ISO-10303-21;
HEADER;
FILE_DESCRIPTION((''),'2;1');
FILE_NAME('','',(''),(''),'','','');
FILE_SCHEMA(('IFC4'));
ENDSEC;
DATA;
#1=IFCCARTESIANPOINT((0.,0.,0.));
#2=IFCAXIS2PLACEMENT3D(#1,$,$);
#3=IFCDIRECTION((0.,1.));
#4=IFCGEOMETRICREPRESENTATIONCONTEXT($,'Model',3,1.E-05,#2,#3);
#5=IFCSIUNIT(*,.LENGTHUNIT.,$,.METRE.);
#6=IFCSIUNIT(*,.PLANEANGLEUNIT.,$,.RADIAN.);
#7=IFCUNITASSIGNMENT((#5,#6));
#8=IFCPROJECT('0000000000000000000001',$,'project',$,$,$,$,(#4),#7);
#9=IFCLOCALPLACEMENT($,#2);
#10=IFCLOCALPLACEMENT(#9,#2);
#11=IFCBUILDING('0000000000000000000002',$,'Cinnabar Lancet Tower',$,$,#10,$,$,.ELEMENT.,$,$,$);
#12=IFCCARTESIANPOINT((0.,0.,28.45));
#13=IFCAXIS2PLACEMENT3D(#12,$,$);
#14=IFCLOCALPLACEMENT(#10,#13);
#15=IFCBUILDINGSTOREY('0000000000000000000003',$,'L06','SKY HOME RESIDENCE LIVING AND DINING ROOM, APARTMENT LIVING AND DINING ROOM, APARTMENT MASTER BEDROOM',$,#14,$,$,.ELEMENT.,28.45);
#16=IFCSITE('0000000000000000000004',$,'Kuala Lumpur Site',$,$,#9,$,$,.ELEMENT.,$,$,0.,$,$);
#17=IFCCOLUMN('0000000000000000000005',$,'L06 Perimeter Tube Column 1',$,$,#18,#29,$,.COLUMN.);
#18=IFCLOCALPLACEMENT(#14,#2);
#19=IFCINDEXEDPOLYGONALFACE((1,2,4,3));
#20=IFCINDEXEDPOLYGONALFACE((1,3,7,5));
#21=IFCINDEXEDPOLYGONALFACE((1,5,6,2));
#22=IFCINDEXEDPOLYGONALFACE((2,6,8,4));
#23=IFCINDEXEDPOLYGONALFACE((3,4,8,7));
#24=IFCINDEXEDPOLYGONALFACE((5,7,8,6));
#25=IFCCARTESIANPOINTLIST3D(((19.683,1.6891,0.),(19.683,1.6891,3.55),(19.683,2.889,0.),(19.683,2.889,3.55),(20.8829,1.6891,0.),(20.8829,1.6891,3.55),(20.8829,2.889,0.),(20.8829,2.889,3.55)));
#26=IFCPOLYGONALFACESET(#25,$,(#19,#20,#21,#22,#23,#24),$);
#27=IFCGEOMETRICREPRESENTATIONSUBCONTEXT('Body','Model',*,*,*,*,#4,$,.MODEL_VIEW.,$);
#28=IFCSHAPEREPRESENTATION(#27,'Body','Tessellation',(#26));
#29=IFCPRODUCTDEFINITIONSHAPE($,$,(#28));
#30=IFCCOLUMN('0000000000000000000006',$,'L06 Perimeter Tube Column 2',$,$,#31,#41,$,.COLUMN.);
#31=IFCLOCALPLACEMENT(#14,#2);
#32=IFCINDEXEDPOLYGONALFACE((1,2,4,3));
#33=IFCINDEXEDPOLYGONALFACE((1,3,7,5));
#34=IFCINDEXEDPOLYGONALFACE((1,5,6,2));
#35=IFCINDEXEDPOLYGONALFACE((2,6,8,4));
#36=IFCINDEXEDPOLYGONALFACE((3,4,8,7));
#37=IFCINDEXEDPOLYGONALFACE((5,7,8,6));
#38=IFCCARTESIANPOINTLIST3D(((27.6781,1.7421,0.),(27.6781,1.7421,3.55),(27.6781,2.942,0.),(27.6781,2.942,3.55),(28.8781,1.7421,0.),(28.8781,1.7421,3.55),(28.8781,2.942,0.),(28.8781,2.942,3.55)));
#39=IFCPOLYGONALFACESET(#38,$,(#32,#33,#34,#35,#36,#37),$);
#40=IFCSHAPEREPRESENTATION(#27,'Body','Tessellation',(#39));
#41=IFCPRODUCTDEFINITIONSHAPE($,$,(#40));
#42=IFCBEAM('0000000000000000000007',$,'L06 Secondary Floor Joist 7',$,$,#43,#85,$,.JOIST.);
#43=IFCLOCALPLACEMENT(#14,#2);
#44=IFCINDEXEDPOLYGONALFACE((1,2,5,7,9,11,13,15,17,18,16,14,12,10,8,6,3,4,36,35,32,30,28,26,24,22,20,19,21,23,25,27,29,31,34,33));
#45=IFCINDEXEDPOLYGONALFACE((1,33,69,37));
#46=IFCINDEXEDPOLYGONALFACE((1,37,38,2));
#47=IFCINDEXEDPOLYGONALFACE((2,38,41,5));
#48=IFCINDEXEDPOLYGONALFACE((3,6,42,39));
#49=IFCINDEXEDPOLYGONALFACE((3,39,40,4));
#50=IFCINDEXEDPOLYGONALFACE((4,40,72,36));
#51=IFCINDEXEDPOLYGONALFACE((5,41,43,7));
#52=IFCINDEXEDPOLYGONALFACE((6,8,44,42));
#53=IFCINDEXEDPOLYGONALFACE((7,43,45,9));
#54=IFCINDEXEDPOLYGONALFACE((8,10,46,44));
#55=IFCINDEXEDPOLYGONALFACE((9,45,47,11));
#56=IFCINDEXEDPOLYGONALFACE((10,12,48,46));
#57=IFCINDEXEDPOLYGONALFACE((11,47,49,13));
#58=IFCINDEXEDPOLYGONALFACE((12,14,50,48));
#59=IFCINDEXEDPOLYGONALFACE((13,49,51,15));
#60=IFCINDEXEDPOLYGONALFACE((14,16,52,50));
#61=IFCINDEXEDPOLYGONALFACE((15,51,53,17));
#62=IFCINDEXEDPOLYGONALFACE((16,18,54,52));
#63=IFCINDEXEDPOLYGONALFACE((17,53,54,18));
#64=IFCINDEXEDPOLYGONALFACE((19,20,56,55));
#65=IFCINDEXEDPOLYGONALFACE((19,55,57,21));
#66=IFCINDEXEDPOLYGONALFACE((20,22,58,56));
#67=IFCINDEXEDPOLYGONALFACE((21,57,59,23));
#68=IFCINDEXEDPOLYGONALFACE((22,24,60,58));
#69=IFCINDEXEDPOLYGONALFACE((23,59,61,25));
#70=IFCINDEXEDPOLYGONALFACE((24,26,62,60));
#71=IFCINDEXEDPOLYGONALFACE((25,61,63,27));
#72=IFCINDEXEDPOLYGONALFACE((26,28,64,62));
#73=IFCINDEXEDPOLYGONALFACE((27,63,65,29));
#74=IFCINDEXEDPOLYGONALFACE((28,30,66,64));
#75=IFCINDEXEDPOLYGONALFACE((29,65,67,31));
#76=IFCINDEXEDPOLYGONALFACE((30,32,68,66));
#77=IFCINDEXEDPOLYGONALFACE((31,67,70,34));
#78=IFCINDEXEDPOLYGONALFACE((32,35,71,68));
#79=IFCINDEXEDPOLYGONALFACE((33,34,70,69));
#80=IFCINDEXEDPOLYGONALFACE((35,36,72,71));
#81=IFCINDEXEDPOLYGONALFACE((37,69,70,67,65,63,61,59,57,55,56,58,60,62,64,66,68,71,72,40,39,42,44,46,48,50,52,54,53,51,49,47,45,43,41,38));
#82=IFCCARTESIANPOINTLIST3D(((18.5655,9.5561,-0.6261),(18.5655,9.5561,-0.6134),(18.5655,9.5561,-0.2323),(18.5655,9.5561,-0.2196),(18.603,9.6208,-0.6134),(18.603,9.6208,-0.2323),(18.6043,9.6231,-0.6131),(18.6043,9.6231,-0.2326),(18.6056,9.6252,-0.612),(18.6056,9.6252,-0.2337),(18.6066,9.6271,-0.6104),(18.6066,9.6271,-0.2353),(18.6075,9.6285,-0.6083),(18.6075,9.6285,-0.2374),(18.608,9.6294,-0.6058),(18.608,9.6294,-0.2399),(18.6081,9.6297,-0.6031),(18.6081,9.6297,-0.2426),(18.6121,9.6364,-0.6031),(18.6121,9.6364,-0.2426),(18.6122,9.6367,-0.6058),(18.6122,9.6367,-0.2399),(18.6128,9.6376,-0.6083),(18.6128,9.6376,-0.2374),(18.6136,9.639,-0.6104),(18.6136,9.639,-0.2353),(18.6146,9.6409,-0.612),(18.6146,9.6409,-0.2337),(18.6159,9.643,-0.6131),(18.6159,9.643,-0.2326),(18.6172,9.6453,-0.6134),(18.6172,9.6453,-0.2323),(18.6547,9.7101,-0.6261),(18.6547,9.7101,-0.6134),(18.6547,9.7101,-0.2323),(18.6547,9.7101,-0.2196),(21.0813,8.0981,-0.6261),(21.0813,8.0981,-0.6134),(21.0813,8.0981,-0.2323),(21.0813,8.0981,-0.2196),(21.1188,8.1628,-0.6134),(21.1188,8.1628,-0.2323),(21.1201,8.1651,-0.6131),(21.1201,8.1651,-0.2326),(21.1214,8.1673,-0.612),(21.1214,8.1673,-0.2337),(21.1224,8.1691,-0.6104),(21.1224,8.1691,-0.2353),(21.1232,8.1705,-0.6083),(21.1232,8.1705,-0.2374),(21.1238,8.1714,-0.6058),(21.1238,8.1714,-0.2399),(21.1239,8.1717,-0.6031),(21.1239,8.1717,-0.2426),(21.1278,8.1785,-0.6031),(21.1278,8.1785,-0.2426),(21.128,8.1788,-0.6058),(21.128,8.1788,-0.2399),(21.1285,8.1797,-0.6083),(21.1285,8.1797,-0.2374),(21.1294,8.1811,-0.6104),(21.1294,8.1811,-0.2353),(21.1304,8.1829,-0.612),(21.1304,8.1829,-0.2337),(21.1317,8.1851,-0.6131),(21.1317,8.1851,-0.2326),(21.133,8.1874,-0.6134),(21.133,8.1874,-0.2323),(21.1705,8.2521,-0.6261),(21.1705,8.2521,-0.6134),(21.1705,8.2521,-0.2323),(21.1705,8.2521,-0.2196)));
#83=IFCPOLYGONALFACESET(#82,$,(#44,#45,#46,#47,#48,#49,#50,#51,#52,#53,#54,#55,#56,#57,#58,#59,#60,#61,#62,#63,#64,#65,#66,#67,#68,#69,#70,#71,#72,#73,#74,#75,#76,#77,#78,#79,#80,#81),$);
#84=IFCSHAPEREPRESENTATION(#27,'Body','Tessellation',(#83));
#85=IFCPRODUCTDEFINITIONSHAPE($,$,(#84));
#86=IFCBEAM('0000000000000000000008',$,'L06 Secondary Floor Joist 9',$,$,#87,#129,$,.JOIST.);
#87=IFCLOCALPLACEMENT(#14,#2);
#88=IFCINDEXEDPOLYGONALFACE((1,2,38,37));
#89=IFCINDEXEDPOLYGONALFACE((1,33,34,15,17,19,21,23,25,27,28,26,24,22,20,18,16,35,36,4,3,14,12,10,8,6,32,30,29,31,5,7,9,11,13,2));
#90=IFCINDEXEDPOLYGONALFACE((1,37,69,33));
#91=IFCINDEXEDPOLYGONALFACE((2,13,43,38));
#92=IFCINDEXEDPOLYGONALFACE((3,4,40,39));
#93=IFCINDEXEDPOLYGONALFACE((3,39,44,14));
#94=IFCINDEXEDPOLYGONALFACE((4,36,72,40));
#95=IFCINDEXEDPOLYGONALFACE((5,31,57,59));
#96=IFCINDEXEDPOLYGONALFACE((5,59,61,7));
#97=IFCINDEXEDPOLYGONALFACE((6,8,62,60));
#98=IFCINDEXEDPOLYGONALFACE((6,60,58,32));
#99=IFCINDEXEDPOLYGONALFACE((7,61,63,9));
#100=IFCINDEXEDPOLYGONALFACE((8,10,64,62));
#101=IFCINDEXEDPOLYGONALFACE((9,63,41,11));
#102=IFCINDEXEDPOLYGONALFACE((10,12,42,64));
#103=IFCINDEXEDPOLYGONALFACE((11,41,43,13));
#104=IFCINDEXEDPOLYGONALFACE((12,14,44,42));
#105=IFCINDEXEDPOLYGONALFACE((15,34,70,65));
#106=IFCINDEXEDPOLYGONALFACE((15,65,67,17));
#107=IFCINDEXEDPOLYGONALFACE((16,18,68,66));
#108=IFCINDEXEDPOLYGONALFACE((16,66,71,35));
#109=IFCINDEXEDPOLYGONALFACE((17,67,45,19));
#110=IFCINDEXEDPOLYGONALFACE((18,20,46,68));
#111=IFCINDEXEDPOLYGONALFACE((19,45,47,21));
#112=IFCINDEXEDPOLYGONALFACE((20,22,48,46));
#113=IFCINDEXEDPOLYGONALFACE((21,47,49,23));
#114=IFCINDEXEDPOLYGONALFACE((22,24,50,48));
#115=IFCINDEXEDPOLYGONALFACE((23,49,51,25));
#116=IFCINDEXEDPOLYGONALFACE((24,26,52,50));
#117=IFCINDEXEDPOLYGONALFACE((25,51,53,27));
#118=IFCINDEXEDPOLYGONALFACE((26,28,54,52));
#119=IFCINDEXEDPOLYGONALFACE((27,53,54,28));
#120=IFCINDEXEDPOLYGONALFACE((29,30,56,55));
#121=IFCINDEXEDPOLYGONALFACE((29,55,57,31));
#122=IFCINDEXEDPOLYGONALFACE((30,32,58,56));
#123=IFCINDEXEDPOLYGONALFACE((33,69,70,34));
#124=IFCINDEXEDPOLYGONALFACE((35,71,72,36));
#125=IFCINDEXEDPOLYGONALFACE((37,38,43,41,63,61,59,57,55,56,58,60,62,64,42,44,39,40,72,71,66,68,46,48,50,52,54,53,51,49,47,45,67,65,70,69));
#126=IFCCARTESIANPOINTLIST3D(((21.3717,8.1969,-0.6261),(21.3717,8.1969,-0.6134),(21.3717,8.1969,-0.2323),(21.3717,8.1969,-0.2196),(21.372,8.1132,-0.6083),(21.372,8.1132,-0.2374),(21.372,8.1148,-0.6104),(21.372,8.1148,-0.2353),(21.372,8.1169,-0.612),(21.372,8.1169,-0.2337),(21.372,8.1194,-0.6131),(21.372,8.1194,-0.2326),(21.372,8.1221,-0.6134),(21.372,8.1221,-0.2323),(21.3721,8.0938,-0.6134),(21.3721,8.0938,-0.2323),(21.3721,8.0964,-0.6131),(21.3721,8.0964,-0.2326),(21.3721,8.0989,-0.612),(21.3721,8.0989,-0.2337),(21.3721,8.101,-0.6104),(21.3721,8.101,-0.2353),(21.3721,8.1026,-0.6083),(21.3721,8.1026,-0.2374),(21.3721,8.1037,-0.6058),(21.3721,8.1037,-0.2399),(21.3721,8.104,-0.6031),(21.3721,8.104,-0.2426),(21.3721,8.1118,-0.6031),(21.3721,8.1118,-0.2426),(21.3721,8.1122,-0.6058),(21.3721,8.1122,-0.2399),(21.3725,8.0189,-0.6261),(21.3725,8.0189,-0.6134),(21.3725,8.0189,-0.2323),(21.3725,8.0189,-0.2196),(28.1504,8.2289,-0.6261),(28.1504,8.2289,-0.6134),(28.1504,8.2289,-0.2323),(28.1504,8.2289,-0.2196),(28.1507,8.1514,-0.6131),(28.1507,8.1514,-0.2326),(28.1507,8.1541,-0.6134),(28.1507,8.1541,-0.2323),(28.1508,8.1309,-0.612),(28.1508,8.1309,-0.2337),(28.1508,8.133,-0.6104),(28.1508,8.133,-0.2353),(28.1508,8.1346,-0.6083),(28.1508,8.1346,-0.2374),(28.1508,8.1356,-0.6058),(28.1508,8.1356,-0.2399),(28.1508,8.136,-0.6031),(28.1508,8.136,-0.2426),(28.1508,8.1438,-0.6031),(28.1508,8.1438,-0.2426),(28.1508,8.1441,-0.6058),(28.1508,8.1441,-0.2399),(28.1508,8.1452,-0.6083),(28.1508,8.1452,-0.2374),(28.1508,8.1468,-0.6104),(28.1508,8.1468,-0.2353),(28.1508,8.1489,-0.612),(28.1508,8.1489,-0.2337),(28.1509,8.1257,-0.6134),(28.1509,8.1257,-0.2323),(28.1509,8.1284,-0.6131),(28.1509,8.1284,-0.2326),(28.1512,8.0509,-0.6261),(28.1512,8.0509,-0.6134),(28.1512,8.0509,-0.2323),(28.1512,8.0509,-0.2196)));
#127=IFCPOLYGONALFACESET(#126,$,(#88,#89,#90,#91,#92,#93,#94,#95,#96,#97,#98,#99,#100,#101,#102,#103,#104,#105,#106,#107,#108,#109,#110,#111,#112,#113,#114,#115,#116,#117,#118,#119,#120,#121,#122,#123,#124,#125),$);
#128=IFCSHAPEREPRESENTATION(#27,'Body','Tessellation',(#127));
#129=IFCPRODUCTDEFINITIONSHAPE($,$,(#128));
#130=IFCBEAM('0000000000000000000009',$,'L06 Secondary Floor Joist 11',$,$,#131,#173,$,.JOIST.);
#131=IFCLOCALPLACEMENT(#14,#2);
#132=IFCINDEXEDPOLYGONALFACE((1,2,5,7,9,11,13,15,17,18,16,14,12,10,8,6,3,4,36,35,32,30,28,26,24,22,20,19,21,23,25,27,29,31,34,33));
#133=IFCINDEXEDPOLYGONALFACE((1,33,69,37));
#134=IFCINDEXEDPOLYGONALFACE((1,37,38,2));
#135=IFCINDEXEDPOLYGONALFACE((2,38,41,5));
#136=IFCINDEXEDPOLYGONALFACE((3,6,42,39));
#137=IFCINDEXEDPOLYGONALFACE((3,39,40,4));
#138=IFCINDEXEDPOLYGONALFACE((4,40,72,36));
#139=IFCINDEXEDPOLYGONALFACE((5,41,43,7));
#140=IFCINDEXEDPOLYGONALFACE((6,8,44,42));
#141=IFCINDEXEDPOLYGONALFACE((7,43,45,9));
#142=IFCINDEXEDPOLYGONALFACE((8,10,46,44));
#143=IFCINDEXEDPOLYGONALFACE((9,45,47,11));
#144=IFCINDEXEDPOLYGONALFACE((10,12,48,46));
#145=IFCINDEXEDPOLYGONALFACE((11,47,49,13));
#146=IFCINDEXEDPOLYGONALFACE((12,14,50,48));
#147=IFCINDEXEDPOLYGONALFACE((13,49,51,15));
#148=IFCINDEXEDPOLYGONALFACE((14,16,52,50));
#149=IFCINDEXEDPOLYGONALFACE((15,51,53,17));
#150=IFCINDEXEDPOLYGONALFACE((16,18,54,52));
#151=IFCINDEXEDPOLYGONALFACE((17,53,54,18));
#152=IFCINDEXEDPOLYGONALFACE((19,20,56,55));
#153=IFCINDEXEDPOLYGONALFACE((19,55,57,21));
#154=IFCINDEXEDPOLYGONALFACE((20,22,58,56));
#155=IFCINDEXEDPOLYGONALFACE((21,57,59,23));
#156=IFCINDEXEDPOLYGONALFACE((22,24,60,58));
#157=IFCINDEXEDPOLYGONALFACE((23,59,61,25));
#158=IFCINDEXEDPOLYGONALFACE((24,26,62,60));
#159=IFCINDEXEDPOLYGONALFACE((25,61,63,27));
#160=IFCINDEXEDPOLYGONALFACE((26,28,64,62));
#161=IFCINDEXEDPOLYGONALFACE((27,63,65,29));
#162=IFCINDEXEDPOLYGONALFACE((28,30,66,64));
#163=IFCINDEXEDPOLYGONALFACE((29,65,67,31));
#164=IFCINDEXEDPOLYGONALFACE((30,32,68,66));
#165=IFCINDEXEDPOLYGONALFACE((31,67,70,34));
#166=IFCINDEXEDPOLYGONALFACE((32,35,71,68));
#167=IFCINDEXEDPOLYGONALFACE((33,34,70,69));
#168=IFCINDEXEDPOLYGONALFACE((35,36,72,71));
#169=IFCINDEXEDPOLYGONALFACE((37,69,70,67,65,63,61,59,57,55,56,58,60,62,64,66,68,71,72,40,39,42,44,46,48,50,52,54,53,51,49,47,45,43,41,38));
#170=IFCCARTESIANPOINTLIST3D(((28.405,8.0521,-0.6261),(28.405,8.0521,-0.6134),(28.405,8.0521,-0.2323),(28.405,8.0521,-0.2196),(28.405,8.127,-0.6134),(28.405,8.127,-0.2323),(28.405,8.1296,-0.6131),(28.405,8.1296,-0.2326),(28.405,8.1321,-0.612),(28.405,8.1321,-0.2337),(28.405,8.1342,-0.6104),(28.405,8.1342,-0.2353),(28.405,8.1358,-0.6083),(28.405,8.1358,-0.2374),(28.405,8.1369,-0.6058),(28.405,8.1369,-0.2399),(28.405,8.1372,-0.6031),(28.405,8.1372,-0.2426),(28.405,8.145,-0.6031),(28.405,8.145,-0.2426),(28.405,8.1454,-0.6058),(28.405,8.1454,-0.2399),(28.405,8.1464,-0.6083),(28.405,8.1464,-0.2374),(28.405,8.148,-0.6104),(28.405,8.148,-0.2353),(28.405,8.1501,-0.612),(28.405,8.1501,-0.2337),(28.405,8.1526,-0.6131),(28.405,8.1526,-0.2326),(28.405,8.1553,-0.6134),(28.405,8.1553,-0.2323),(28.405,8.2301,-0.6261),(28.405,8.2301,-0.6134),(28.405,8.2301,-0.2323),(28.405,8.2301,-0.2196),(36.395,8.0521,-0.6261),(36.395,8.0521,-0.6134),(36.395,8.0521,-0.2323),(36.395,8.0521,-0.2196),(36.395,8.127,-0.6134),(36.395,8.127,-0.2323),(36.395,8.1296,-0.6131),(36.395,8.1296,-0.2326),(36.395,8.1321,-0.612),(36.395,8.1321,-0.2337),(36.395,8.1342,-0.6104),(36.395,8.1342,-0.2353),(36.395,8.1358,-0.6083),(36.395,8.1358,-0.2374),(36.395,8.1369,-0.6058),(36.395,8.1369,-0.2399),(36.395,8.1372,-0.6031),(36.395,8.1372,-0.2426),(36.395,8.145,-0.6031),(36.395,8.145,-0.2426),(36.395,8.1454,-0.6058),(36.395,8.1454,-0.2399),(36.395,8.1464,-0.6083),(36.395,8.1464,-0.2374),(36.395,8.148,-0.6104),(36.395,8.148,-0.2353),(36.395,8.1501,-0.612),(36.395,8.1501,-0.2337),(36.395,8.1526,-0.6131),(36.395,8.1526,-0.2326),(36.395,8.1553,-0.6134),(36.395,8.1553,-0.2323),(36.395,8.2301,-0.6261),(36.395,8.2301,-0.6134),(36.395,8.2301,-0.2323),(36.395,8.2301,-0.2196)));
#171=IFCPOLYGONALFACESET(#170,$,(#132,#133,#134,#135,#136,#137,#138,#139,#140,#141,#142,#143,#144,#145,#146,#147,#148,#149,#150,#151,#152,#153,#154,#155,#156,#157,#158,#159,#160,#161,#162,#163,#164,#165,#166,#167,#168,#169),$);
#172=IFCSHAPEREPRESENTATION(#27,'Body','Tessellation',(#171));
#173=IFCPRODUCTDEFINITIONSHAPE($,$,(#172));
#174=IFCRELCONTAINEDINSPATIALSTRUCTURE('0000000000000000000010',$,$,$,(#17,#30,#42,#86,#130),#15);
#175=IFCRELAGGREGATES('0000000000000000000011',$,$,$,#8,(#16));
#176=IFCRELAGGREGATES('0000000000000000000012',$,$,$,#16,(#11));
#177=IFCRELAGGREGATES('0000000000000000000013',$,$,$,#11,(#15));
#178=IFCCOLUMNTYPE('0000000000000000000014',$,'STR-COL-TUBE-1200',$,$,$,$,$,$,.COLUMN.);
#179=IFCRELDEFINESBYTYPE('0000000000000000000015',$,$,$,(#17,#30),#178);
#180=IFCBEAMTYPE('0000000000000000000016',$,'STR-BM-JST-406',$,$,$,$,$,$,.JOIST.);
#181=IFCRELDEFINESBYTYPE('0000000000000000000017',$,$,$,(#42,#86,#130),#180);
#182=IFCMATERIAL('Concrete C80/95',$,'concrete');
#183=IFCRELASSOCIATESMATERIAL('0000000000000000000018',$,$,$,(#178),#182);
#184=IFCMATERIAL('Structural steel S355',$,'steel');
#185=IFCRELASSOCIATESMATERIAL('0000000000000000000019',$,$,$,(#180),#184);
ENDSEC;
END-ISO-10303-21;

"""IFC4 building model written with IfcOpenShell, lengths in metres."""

from ifc_helpers import new_model, si_unit, direction, frame, origin, origin_2d, place, context, subcontext, project, spatial, rectangle, i_section, extrude, material, material_profile, profile_set, type_object, element, save


model = new_model("IFC4")

# Units and contexts
model_context = context("Model", 3, precision=1e-05, world=origin(), true_north=direction((0.0, 1.0)))
body_context = subcontext(model_context, "Body", "Model", "MODEL_VIEW")
ifc_project = project(units=[si_unit("LENGTHUNIT", "METRE"), si_unit("PLANEANGLEUNIT", "RADIAN")], contexts=[model_context])

# Site, building, storey
site_placement = place(None, origin())
site = spatial("IfcSite", under=ifc_project, at=site_placement, Name="Kuala Lumpur Site", CompositionType="ELEMENT", RefElevation=0.0)
building_placement = place(site_placement, origin())
building = spatial("IfcBuilding", under=site, at=building_placement, Name="Cinnabar Lancet Tower", CompositionType="ELEMENT")
storey_placement = place(building_placement, frame((0.0, 0.0, 28.45)))
storey = spatial("IfcBuildingStorey", under=building, at=storey_placement, Name="L06", Description="SKY HOME RESIDENCE LIVING AND DINING ROOM, APARTMENT LIVING AND DINING ROOM, APARTMENT MASTER BEDROOM", CompositionType="ELEMENT", Elevation=28.45)

# Columns
ifc_material_1 = material(Name="Concrete C80/95", Category="concrete")
ifc_material_profile_1 = material_profile(ifc_material_1, rectangle(XDim=1.2, YDim=1.2, at=origin_2d()), Name="RC-COL 1200x1200")
ifc_profile_set_1 = profile_set([ifc_material_profile_1], Name="Concrete C80/95")
column_type = type_object("IfcColumnType", Name="STR-COL-TUBE-1200", PredefinedType="COLUMN", material=ifc_profile_set_1)
for number, where, z_axis, x_axis, name in (
    (1, (20.283, 2.2891, 0.0), (0.0, 0.0, 1.0), (1.0, 0.0, 0.0), "L06 Perimeter Tube Column 1"),
    (2, (28.2781, 2.342, 0.0), (0.0, 0.0, 1.0), (1.0, 0.0, 0.0), "L06 Perimeter Tube Column 2"),
):
    element("IfcColumn", number, at=place(storey_placement, frame(where, z_axis=z_axis, x_axis=x_axis)), inside=storey, type_object=column_type, Name=name, PredefinedType="COLUMN", context=body_context, shape_type="SweptSolid", body=[
        extrude(rectangle(XDim=1.2, YDim=1.2, at=origin_2d()), origin(), (0.0, 0.0, 1.0), 3.55),
    ])

# Beams
ifc_material_2 = material(Name="Structural steel S355", Category="steel")
ifc_material_profile_2 = material_profile(ifc_material_2, i_section(OverallWidth=0.178, OverallDepth=0.4065, WebThickness=0.0078, FlangeThickness=0.0127, FilletRadius=0.0103, at=origin_2d()), Name="UKB 406x178x60")
ifc_profile_set_2 = profile_set([ifc_material_profile_2], Name="Structural steel S355")
beam_type_1 = type_object("IfcBeamType", Name="STR-BM-JST-406", PredefinedType="JOIST", material=ifc_profile_set_2)
beam_1_placement = place(storey_placement, frame((18.6101, 9.6331, -0.4229), z_axis=(0.86521, -0.50141, 0.0), x_axis=(0.50141, 0.86521, 0.0)))
element("IfcBeam", 3, at=beam_1_placement, inside=storey, type_object=beam_type_1, Name="L06 Secondary Floor Joist 7", PredefinedType="JOIST", context=body_context, shape_type="SweptSolid", body=[
    extrude(i_section(OverallWidth=0.178, OverallDepth=0.4065, WebThickness=0.0078, FlangeThickness=0.0127, FilletRadius=0.0103, at=origin_2d()), origin(), (0.0, 0.0, 1.0), 2.9077),
])
beam_2_placement = place(storey_placement, frame((21.3721, 8.1079, -0.4229), z_axis=(0.999989, 0.004718, 0.0), x_axis=(-0.004718, 0.999989, 0.0)))
element("IfcBeam", 4, at=beam_2_placement, inside=storey, type_object=beam_type_1, Name="L06 Secondary Floor Joist 9", PredefinedType="JOIST", context=body_context, shape_type="SweptSolid", body=[
    extrude(i_section(OverallWidth=0.178, OverallDepth=0.4065, WebThickness=0.0078, FlangeThickness=0.0127, FilletRadius=0.0103, at=origin_2d()), origin(), (0.0, 0.0, 1.0), 6.7788),
])
beam_3_placement = place(storey_placement, frame((28.405, 8.1411, -0.4229), z_axis=(1.0, 0.0, 0.0), x_axis=(0.0, 1.0, 0.0)))
element("IfcBeam", 5, at=beam_3_placement, inside=storey, type_object=beam_type_1, Name="L06 Secondary Floor Joist 11", PredefinedType="JOIST", context=body_context, shape_type="SweptSolid", body=[
    extrude(i_section(OverallWidth=0.178, OverallDepth=0.4065, WebThickness=0.0078, FlangeThickness=0.0127, FilletRadius=0.0103, at=origin_2d()), origin(), (0.0, 0.0, 1.0), 7.99),
])

save(model, "model.ifc")
